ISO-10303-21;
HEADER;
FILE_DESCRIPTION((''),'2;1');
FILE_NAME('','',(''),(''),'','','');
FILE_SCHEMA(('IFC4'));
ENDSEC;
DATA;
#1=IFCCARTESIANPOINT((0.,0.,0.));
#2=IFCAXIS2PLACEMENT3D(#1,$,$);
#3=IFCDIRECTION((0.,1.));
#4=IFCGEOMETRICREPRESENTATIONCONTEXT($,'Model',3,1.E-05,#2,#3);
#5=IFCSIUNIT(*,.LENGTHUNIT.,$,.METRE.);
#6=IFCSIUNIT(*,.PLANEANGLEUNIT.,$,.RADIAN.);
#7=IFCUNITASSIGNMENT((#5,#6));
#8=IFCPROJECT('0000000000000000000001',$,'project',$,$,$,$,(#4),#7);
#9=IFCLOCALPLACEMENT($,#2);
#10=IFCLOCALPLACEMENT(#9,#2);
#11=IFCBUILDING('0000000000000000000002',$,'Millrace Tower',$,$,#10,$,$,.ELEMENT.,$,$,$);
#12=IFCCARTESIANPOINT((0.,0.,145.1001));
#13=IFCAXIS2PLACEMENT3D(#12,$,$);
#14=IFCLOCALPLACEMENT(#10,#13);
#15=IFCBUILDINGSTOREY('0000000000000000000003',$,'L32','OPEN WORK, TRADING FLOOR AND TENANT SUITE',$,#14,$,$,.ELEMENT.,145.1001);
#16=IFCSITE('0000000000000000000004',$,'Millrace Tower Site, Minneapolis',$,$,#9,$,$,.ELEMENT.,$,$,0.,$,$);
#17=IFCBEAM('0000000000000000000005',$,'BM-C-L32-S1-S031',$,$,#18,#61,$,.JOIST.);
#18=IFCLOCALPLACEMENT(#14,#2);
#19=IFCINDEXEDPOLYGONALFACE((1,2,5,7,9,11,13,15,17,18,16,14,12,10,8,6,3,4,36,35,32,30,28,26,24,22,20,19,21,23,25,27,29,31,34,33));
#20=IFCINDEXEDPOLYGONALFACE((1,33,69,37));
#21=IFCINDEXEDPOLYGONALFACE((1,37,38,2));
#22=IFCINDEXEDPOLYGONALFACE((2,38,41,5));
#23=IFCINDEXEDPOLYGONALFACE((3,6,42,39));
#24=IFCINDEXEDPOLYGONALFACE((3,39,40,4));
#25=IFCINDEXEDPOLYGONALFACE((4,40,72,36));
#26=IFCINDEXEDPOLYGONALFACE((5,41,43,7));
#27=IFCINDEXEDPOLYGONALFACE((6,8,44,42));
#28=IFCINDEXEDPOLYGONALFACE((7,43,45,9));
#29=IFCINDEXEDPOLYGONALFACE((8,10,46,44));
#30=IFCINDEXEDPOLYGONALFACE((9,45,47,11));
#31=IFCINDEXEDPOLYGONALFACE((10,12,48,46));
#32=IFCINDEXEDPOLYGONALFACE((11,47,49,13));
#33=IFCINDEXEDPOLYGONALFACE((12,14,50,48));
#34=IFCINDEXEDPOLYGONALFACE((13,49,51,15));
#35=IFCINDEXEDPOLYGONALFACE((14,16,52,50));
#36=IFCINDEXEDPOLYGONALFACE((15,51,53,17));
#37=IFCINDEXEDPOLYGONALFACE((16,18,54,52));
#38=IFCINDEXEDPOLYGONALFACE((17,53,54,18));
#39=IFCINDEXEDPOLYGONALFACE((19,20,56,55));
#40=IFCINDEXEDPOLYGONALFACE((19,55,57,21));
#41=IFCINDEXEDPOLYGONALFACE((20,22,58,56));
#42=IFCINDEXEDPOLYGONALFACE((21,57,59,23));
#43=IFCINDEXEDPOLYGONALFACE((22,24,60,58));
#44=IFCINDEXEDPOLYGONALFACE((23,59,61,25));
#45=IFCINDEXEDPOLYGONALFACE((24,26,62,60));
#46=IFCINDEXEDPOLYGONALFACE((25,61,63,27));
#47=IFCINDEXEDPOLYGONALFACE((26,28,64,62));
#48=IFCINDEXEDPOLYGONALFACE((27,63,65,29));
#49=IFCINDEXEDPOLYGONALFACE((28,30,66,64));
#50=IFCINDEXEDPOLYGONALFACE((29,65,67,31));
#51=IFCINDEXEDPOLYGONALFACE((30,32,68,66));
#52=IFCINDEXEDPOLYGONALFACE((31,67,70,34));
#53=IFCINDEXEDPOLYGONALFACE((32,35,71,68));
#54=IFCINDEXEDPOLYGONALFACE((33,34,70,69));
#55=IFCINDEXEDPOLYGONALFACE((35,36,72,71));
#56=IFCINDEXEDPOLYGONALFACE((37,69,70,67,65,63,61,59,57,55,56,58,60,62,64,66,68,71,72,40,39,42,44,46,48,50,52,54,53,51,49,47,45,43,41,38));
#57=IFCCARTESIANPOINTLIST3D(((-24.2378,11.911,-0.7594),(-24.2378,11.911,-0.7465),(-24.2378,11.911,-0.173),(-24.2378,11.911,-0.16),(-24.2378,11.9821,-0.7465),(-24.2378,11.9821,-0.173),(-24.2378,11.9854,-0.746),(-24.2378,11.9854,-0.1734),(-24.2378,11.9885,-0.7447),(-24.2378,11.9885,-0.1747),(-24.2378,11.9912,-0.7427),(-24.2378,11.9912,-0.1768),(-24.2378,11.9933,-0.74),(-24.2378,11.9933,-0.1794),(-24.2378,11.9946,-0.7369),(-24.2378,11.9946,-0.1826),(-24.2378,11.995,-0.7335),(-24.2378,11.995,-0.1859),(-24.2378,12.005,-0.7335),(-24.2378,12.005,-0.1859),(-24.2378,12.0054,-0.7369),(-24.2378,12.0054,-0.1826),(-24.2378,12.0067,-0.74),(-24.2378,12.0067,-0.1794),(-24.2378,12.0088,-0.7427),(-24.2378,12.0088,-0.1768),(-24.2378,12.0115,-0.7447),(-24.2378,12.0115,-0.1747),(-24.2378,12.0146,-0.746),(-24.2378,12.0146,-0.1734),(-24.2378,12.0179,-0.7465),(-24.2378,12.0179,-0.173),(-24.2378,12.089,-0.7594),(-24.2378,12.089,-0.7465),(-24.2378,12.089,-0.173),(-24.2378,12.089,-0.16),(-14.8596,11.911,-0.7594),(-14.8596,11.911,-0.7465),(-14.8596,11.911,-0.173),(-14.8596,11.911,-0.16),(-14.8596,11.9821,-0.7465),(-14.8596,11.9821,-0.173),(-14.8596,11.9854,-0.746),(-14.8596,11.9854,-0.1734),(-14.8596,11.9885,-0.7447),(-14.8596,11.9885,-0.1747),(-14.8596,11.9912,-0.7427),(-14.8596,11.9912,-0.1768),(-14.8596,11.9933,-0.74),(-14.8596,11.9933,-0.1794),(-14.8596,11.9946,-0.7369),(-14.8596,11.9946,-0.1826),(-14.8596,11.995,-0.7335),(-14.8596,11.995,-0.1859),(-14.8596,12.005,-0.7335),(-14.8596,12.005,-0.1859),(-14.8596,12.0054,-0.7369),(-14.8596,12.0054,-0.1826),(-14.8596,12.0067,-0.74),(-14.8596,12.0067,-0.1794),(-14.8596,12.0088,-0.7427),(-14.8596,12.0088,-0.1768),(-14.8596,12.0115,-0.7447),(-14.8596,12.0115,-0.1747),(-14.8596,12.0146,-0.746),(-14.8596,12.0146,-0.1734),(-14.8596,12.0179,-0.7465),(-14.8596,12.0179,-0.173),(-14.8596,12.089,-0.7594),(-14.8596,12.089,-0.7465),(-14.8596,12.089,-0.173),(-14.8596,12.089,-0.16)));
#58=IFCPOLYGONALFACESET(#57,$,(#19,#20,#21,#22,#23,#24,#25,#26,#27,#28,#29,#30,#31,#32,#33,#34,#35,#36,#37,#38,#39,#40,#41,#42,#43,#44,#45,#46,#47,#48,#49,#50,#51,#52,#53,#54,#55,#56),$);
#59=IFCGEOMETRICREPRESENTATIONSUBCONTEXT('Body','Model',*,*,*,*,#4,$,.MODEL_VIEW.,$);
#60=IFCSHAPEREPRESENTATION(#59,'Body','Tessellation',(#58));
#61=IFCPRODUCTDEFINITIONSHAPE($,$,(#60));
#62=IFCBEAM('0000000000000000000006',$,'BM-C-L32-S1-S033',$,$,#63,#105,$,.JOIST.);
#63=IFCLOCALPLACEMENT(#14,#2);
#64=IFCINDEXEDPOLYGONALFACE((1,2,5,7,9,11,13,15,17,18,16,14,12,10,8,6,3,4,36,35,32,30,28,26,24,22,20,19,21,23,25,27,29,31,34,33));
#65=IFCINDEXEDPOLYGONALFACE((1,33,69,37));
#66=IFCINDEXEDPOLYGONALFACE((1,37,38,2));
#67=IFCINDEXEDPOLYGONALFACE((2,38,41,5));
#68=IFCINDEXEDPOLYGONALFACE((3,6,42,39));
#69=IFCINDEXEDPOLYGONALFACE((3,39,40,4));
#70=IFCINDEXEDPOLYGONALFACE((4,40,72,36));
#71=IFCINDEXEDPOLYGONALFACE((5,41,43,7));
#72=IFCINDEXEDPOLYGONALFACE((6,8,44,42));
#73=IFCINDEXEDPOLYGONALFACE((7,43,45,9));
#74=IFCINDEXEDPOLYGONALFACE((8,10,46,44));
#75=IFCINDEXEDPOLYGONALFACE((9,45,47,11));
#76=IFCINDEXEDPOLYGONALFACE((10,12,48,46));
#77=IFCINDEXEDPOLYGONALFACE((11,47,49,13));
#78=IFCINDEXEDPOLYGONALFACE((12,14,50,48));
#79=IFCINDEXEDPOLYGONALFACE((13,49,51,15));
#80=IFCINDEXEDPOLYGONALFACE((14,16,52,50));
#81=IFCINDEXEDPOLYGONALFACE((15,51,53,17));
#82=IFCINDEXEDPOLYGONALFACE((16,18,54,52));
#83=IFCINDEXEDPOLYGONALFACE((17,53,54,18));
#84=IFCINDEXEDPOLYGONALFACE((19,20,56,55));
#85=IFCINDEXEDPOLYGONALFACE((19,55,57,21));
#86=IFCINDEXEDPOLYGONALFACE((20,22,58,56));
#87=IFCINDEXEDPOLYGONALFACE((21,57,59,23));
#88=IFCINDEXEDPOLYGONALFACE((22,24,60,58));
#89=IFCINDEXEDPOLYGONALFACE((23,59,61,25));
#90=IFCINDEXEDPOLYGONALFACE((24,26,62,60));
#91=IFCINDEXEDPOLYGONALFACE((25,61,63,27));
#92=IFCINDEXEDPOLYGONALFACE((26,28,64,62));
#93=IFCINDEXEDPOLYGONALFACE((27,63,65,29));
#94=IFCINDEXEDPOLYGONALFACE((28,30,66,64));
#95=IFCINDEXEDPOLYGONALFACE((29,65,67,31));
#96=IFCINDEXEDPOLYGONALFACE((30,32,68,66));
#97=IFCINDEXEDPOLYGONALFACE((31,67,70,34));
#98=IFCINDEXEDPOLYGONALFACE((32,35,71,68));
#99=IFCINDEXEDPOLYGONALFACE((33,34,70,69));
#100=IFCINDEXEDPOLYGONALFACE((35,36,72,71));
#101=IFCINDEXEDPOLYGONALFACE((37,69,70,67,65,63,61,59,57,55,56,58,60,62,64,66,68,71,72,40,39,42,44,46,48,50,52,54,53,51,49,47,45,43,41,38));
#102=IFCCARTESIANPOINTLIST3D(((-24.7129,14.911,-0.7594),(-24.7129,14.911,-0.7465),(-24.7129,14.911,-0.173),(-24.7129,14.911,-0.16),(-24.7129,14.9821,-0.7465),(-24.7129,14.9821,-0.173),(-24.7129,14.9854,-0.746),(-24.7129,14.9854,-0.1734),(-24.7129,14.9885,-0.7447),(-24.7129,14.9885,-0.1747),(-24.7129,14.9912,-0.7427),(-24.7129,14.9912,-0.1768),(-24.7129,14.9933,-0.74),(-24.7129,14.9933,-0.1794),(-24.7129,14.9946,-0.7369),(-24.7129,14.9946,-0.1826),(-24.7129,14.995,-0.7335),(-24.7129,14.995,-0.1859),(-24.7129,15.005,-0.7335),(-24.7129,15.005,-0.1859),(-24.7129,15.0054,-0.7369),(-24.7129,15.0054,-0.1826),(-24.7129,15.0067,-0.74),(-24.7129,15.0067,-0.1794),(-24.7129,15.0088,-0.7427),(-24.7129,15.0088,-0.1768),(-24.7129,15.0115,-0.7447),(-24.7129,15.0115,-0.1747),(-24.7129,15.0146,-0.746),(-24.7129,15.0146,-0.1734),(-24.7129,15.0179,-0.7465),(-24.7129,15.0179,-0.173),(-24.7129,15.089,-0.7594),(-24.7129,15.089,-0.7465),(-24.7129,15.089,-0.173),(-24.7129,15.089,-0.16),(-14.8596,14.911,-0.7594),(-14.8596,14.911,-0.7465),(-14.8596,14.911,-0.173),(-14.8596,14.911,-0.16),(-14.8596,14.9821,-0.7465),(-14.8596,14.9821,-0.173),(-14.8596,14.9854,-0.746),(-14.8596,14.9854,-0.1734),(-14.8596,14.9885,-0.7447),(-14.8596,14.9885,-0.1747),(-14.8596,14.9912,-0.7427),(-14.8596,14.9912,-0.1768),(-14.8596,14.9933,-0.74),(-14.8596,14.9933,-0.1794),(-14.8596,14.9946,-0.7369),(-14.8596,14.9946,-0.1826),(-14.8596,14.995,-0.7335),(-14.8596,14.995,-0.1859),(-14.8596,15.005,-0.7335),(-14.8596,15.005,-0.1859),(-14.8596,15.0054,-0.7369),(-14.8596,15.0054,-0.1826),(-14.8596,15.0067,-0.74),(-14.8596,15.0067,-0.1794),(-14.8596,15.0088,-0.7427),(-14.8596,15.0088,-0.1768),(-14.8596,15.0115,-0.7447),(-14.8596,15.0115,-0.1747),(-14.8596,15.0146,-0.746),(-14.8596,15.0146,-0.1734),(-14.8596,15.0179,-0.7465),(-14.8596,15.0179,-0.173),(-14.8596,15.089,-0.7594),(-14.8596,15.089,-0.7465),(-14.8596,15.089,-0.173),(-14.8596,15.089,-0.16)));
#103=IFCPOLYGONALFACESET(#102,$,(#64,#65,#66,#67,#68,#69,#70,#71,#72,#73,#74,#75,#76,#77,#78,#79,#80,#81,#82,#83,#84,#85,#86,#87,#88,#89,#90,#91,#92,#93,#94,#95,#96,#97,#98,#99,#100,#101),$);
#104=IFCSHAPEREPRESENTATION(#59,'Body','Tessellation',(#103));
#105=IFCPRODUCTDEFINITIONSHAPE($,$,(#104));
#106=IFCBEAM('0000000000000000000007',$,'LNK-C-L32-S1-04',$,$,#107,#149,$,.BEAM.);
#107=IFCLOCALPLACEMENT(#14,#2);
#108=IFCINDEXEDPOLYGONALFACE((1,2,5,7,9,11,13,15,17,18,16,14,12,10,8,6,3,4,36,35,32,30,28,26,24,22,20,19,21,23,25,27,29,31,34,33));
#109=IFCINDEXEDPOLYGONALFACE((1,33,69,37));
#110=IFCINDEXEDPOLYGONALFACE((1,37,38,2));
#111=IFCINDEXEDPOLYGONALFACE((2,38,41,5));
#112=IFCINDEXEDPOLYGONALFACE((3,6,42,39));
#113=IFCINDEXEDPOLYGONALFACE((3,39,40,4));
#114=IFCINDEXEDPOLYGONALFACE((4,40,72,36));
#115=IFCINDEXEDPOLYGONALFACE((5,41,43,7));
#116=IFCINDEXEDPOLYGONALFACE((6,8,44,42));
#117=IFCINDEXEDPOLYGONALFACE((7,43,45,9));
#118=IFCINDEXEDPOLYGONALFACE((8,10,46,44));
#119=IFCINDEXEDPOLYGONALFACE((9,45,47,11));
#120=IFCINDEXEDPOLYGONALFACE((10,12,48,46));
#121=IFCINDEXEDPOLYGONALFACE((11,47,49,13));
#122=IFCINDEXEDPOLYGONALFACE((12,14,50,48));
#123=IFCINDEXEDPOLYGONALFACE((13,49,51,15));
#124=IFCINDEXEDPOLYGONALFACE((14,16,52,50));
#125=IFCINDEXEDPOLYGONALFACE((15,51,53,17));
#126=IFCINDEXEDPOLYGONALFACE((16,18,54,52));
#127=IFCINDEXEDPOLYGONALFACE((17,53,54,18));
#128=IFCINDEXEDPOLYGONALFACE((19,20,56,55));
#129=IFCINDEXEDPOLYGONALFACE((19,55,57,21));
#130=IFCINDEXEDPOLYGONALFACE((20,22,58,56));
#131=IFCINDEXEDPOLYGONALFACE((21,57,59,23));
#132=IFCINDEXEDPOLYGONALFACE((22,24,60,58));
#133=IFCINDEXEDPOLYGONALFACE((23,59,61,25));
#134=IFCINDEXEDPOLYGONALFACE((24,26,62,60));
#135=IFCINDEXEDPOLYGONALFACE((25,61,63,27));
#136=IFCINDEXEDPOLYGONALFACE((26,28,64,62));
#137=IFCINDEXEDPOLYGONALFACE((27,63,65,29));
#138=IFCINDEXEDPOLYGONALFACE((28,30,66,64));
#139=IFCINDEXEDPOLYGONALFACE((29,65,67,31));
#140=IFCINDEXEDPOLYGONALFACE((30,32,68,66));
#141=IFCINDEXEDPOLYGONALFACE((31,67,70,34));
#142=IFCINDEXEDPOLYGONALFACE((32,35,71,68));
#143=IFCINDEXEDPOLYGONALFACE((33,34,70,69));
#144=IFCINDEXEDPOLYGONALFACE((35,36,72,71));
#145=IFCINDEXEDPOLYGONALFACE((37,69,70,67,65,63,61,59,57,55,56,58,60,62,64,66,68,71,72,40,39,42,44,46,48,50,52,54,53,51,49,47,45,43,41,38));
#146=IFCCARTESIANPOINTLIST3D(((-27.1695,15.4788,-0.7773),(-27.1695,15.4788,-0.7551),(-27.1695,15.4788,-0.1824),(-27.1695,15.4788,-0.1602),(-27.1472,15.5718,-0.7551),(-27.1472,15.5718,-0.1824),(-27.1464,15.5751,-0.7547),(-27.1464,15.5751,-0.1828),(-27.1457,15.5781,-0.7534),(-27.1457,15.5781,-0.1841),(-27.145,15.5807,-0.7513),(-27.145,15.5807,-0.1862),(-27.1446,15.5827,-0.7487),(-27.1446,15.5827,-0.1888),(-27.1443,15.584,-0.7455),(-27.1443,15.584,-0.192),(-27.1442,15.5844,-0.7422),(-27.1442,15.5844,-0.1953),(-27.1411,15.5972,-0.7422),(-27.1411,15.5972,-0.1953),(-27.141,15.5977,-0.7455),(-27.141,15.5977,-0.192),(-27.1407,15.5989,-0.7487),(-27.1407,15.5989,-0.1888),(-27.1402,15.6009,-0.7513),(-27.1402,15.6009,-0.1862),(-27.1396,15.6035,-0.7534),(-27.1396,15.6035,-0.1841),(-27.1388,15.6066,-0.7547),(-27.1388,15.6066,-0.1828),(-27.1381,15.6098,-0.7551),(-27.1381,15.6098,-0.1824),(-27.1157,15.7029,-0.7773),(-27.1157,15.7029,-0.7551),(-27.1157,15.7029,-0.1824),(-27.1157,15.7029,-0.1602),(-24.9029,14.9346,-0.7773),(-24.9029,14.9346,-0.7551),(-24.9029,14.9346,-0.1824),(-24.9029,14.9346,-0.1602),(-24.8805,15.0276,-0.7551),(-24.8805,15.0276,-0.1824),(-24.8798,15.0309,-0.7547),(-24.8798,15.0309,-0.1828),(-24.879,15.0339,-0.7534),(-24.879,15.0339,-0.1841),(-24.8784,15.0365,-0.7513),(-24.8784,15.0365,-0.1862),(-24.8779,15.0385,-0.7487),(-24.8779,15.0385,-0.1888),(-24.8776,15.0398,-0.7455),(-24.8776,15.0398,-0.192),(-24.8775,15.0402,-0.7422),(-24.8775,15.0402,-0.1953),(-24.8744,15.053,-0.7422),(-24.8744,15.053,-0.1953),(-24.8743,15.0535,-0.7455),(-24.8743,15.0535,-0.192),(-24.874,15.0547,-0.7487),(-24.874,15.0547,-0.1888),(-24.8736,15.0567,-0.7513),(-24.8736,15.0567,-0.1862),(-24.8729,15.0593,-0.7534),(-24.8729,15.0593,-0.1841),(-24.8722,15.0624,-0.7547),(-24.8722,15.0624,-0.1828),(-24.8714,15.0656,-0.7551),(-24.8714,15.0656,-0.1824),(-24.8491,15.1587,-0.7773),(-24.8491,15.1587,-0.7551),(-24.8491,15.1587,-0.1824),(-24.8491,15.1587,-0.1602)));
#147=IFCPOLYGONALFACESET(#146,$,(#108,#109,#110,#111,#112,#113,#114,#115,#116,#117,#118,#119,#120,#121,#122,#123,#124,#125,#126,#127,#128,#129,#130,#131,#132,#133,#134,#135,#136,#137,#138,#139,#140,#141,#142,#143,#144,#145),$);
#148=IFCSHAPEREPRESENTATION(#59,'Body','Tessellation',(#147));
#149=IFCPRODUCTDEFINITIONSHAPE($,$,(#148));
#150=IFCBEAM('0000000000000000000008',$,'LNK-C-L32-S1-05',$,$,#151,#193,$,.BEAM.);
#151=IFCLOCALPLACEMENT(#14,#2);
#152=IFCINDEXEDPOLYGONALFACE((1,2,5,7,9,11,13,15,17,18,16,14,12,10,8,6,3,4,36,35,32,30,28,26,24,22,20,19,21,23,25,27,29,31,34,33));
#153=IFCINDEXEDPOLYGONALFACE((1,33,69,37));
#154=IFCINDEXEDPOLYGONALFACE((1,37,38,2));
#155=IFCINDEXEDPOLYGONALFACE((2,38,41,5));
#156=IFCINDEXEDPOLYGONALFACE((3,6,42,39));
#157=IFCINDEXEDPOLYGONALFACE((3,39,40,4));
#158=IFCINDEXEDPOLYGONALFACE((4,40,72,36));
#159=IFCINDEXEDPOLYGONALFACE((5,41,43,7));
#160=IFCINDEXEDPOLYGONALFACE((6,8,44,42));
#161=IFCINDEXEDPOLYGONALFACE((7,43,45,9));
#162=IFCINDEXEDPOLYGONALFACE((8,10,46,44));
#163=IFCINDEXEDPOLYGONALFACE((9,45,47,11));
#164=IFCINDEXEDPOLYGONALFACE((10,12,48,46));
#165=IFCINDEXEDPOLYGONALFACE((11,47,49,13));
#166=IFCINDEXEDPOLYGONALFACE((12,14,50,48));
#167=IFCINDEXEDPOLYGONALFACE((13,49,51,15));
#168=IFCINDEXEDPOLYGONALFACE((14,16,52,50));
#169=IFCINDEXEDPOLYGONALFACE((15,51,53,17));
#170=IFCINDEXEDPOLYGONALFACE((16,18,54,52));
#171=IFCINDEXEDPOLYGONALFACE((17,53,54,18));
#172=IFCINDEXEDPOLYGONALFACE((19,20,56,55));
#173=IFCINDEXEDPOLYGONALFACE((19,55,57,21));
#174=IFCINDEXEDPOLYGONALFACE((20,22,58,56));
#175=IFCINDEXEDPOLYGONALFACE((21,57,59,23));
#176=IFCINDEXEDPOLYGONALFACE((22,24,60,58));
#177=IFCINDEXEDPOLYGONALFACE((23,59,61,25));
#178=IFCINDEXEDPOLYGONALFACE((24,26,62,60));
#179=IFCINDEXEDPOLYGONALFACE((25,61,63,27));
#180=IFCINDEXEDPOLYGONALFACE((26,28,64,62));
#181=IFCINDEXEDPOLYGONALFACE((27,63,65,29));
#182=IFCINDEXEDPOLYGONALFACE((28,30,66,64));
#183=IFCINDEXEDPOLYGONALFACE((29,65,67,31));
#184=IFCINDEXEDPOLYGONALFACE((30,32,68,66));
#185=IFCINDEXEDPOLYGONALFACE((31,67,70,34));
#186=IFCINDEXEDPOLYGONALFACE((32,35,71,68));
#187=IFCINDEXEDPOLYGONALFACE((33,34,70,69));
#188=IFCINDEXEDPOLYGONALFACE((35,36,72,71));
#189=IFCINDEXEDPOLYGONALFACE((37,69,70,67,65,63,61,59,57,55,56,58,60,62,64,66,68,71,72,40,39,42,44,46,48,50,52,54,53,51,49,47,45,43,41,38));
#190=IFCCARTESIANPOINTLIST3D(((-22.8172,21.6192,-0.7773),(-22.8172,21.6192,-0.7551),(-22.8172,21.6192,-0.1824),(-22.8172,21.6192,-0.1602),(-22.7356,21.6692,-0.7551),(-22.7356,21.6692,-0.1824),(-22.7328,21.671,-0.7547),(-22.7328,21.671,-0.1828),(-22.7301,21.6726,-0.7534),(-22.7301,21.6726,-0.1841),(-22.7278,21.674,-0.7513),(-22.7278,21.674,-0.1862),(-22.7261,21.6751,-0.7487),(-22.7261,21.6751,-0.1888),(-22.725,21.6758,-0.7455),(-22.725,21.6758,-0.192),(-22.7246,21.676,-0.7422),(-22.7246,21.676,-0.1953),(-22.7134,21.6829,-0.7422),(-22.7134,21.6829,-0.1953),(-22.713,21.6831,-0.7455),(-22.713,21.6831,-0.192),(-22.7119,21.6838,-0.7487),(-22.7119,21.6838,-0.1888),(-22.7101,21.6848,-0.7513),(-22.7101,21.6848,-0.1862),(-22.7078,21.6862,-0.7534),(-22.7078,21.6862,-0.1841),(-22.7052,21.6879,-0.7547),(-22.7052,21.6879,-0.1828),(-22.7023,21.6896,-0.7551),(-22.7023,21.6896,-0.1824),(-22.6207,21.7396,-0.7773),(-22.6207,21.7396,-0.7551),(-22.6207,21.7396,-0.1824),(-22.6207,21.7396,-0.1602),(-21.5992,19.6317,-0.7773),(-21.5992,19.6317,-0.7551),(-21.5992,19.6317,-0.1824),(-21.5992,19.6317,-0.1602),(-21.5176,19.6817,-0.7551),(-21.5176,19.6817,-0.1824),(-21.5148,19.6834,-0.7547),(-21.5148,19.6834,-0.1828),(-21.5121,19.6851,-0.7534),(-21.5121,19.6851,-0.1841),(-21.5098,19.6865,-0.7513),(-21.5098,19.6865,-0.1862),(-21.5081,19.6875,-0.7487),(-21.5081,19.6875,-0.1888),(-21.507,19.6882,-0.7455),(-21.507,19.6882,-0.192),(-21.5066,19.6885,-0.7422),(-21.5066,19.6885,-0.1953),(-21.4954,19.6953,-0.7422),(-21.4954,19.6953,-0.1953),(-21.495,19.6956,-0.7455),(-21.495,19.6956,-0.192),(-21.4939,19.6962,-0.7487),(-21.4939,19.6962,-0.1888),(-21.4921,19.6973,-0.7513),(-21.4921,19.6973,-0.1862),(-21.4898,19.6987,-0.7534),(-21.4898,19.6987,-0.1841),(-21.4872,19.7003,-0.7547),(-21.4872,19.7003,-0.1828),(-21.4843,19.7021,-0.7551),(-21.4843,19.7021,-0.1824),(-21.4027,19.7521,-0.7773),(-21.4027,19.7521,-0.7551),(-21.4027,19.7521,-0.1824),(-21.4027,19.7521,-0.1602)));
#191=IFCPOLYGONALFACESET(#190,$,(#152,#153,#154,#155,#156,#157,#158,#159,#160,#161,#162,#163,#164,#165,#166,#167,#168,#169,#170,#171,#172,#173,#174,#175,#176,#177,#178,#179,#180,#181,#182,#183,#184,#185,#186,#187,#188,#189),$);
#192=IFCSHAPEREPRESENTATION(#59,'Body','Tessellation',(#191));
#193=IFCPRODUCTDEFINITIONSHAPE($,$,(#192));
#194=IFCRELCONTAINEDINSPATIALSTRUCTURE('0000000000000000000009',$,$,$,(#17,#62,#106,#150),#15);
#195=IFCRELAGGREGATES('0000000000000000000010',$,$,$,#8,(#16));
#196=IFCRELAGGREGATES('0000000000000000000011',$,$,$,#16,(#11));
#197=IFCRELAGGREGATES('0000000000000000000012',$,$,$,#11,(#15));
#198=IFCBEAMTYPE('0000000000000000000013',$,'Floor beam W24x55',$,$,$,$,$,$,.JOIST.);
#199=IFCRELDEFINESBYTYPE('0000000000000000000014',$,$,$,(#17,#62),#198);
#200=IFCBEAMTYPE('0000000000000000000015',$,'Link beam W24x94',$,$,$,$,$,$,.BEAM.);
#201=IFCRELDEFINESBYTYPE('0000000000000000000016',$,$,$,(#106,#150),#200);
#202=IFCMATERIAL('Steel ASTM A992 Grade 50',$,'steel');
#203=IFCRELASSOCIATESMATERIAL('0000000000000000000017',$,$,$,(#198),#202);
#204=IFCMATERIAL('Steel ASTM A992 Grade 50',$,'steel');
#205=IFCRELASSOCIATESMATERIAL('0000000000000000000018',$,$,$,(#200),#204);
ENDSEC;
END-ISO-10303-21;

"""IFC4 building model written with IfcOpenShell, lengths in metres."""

from ifc_helpers import new_model, si_unit, direction, frame, origin, origin_2d, place, context, subcontext, project, spatial, i_section, extrude, material, material_profile, profile_set, type_object, element, save


model = new_model("IFC4")

# Units and contexts
model_context = context("Model", 3, precision=1e-05, world=origin(), true_north=direction((0.0, 1.0)))
body_context = subcontext(model_context, "Body", "Model", "MODEL_VIEW")
ifc_project = project(units=[si_unit("LENGTHUNIT", "METRE"), si_unit("PLANEANGLEUNIT", "RADIAN")], contexts=[model_context])

# Site, building, storey
site_placement = place(None, origin())
site = spatial("IfcSite", under=ifc_project, at=site_placement, Name="Millrace Tower Site, Minneapolis", CompositionType="ELEMENT", RefElevation=0.0)
building_placement = place(site_placement, origin())
building = spatial("IfcBuilding", under=site, at=building_placement, Name="Millrace Tower", CompositionType="ELEMENT")
storey_placement = place(building_placement, frame((0.0, 0.0, 145.1001)))
storey = spatial("IfcBuildingStorey", under=building, at=storey_placement, Name="L32", Description="OPEN WORK, TRADING FLOOR AND TENANT SUITE", CompositionType="ELEMENT", Elevation=145.1001)

# Beams
ifc_material_1 = material(Name="Steel ASTM A992 Grade 50", Category="steel")
ifc_material_profile_1 = material_profile(ifc_material_1, i_section(OverallWidth=0.178, OverallDepth=0.5994, WebThickness=0.01, FlangeThickness=0.0129, FilletRadius=0.0129, at=origin_2d()))
ifc_profile_set_1 = profile_set([ifc_material_profile_1], Name="Steel ASTM A992 Grade 50")
beam_type_1 = type_object("IfcBeamType", Name="Floor beam W24x55", PredefinedType="JOIST", material=ifc_profile_set_1)
beam_1_placement = place(storey_placement, frame((-24.2378, 12.0, -0.4597), z_axis=(1.0, 0.0, 0.0), x_axis=(0.0, 1.0, 0.0)))
element("IfcBeam", 1, at=beam_1_placement, inside=storey, type_object=beam_type_1, Name="BM-C-L32-S1-S031", PredefinedType="JOIST", context=body_context, shape_type="SweptSolid", body=[
    extrude(i_section(OverallWidth=0.178, OverallDepth=0.5994, WebThickness=0.01, FlangeThickness=0.0129, FilletRadius=0.0129, at=origin_2d()), origin(), (0.0, 0.0, 1.0), 9.3782),
])
beam_2_placement = place(storey_placement, frame((-24.7129, 15.0, -0.4597), z_axis=(1.0, 0.0, 0.0), x_axis=(0.0, 1.0, 0.0)))
element("IfcBeam", 2, at=beam_2_placement, inside=storey, type_object=beam_type_1, Name="BM-C-L32-S1-S033", PredefinedType="JOIST", context=body_context, shape_type="SweptSolid", body=[
    extrude(i_section(OverallWidth=0.178, OverallDepth=0.5994, WebThickness=0.01, FlangeThickness=0.0129, FilletRadius=0.0129, at=origin_2d()), origin(), (0.0, 0.0, 1.0), 9.8533),
])
ifc_material_2 = material(Name="Steel ASTM A992 Grade 50", Category="steel")
ifc_material_profile_2 = material_profile(ifc_material_2, i_section(OverallWidth=0.2305, OverallDepth=0.6172, WebThickness=0.0132, FlangeThickness=0.0222, FilletRadius=0.0129, at=origin_2d()))
ifc_profile_set_2 = profile_set([ifc_material_profile_2], Name="Steel ASTM A992 Grade 50")
beam_type_2 = type_object("IfcBeamType", Name="Link beam W24x94", PredefinedType="BEAM", material=ifc_profile_set_2)
for number, where, z_axis, x_axis, name in (
    (3, (-24.876, 15.0466, -0.4688), (-0.972367, 0.233456, 0.0), (-0.233456, -0.972367, 0.0), "LNK-C-L32-S1-04"),
    (4, (-21.501, 19.6919, -0.4688), (-0.522513, 0.852631, 0.0), (-0.852631, -0.522513, 0.0), "LNK-C-L32-S1-05"),
):
    element("IfcBeam", number, at=place(storey_placement, frame(where, z_axis=z_axis, x_axis=x_axis)), inside=storey, type_object=beam_type_2, Name=name, PredefinedType="BEAM", context=body_context, shape_type="SweptSolid", body=[
        extrude(i_section(OverallWidth=0.2305, OverallDepth=0.6172, WebThickness=0.0132, FlangeThickness=0.0222, FilletRadius=0.0129, at=origin_2d()), origin(), (0.0, 0.0, 1.0), 2.3311),
    ])

save(model, "model.ifc")
